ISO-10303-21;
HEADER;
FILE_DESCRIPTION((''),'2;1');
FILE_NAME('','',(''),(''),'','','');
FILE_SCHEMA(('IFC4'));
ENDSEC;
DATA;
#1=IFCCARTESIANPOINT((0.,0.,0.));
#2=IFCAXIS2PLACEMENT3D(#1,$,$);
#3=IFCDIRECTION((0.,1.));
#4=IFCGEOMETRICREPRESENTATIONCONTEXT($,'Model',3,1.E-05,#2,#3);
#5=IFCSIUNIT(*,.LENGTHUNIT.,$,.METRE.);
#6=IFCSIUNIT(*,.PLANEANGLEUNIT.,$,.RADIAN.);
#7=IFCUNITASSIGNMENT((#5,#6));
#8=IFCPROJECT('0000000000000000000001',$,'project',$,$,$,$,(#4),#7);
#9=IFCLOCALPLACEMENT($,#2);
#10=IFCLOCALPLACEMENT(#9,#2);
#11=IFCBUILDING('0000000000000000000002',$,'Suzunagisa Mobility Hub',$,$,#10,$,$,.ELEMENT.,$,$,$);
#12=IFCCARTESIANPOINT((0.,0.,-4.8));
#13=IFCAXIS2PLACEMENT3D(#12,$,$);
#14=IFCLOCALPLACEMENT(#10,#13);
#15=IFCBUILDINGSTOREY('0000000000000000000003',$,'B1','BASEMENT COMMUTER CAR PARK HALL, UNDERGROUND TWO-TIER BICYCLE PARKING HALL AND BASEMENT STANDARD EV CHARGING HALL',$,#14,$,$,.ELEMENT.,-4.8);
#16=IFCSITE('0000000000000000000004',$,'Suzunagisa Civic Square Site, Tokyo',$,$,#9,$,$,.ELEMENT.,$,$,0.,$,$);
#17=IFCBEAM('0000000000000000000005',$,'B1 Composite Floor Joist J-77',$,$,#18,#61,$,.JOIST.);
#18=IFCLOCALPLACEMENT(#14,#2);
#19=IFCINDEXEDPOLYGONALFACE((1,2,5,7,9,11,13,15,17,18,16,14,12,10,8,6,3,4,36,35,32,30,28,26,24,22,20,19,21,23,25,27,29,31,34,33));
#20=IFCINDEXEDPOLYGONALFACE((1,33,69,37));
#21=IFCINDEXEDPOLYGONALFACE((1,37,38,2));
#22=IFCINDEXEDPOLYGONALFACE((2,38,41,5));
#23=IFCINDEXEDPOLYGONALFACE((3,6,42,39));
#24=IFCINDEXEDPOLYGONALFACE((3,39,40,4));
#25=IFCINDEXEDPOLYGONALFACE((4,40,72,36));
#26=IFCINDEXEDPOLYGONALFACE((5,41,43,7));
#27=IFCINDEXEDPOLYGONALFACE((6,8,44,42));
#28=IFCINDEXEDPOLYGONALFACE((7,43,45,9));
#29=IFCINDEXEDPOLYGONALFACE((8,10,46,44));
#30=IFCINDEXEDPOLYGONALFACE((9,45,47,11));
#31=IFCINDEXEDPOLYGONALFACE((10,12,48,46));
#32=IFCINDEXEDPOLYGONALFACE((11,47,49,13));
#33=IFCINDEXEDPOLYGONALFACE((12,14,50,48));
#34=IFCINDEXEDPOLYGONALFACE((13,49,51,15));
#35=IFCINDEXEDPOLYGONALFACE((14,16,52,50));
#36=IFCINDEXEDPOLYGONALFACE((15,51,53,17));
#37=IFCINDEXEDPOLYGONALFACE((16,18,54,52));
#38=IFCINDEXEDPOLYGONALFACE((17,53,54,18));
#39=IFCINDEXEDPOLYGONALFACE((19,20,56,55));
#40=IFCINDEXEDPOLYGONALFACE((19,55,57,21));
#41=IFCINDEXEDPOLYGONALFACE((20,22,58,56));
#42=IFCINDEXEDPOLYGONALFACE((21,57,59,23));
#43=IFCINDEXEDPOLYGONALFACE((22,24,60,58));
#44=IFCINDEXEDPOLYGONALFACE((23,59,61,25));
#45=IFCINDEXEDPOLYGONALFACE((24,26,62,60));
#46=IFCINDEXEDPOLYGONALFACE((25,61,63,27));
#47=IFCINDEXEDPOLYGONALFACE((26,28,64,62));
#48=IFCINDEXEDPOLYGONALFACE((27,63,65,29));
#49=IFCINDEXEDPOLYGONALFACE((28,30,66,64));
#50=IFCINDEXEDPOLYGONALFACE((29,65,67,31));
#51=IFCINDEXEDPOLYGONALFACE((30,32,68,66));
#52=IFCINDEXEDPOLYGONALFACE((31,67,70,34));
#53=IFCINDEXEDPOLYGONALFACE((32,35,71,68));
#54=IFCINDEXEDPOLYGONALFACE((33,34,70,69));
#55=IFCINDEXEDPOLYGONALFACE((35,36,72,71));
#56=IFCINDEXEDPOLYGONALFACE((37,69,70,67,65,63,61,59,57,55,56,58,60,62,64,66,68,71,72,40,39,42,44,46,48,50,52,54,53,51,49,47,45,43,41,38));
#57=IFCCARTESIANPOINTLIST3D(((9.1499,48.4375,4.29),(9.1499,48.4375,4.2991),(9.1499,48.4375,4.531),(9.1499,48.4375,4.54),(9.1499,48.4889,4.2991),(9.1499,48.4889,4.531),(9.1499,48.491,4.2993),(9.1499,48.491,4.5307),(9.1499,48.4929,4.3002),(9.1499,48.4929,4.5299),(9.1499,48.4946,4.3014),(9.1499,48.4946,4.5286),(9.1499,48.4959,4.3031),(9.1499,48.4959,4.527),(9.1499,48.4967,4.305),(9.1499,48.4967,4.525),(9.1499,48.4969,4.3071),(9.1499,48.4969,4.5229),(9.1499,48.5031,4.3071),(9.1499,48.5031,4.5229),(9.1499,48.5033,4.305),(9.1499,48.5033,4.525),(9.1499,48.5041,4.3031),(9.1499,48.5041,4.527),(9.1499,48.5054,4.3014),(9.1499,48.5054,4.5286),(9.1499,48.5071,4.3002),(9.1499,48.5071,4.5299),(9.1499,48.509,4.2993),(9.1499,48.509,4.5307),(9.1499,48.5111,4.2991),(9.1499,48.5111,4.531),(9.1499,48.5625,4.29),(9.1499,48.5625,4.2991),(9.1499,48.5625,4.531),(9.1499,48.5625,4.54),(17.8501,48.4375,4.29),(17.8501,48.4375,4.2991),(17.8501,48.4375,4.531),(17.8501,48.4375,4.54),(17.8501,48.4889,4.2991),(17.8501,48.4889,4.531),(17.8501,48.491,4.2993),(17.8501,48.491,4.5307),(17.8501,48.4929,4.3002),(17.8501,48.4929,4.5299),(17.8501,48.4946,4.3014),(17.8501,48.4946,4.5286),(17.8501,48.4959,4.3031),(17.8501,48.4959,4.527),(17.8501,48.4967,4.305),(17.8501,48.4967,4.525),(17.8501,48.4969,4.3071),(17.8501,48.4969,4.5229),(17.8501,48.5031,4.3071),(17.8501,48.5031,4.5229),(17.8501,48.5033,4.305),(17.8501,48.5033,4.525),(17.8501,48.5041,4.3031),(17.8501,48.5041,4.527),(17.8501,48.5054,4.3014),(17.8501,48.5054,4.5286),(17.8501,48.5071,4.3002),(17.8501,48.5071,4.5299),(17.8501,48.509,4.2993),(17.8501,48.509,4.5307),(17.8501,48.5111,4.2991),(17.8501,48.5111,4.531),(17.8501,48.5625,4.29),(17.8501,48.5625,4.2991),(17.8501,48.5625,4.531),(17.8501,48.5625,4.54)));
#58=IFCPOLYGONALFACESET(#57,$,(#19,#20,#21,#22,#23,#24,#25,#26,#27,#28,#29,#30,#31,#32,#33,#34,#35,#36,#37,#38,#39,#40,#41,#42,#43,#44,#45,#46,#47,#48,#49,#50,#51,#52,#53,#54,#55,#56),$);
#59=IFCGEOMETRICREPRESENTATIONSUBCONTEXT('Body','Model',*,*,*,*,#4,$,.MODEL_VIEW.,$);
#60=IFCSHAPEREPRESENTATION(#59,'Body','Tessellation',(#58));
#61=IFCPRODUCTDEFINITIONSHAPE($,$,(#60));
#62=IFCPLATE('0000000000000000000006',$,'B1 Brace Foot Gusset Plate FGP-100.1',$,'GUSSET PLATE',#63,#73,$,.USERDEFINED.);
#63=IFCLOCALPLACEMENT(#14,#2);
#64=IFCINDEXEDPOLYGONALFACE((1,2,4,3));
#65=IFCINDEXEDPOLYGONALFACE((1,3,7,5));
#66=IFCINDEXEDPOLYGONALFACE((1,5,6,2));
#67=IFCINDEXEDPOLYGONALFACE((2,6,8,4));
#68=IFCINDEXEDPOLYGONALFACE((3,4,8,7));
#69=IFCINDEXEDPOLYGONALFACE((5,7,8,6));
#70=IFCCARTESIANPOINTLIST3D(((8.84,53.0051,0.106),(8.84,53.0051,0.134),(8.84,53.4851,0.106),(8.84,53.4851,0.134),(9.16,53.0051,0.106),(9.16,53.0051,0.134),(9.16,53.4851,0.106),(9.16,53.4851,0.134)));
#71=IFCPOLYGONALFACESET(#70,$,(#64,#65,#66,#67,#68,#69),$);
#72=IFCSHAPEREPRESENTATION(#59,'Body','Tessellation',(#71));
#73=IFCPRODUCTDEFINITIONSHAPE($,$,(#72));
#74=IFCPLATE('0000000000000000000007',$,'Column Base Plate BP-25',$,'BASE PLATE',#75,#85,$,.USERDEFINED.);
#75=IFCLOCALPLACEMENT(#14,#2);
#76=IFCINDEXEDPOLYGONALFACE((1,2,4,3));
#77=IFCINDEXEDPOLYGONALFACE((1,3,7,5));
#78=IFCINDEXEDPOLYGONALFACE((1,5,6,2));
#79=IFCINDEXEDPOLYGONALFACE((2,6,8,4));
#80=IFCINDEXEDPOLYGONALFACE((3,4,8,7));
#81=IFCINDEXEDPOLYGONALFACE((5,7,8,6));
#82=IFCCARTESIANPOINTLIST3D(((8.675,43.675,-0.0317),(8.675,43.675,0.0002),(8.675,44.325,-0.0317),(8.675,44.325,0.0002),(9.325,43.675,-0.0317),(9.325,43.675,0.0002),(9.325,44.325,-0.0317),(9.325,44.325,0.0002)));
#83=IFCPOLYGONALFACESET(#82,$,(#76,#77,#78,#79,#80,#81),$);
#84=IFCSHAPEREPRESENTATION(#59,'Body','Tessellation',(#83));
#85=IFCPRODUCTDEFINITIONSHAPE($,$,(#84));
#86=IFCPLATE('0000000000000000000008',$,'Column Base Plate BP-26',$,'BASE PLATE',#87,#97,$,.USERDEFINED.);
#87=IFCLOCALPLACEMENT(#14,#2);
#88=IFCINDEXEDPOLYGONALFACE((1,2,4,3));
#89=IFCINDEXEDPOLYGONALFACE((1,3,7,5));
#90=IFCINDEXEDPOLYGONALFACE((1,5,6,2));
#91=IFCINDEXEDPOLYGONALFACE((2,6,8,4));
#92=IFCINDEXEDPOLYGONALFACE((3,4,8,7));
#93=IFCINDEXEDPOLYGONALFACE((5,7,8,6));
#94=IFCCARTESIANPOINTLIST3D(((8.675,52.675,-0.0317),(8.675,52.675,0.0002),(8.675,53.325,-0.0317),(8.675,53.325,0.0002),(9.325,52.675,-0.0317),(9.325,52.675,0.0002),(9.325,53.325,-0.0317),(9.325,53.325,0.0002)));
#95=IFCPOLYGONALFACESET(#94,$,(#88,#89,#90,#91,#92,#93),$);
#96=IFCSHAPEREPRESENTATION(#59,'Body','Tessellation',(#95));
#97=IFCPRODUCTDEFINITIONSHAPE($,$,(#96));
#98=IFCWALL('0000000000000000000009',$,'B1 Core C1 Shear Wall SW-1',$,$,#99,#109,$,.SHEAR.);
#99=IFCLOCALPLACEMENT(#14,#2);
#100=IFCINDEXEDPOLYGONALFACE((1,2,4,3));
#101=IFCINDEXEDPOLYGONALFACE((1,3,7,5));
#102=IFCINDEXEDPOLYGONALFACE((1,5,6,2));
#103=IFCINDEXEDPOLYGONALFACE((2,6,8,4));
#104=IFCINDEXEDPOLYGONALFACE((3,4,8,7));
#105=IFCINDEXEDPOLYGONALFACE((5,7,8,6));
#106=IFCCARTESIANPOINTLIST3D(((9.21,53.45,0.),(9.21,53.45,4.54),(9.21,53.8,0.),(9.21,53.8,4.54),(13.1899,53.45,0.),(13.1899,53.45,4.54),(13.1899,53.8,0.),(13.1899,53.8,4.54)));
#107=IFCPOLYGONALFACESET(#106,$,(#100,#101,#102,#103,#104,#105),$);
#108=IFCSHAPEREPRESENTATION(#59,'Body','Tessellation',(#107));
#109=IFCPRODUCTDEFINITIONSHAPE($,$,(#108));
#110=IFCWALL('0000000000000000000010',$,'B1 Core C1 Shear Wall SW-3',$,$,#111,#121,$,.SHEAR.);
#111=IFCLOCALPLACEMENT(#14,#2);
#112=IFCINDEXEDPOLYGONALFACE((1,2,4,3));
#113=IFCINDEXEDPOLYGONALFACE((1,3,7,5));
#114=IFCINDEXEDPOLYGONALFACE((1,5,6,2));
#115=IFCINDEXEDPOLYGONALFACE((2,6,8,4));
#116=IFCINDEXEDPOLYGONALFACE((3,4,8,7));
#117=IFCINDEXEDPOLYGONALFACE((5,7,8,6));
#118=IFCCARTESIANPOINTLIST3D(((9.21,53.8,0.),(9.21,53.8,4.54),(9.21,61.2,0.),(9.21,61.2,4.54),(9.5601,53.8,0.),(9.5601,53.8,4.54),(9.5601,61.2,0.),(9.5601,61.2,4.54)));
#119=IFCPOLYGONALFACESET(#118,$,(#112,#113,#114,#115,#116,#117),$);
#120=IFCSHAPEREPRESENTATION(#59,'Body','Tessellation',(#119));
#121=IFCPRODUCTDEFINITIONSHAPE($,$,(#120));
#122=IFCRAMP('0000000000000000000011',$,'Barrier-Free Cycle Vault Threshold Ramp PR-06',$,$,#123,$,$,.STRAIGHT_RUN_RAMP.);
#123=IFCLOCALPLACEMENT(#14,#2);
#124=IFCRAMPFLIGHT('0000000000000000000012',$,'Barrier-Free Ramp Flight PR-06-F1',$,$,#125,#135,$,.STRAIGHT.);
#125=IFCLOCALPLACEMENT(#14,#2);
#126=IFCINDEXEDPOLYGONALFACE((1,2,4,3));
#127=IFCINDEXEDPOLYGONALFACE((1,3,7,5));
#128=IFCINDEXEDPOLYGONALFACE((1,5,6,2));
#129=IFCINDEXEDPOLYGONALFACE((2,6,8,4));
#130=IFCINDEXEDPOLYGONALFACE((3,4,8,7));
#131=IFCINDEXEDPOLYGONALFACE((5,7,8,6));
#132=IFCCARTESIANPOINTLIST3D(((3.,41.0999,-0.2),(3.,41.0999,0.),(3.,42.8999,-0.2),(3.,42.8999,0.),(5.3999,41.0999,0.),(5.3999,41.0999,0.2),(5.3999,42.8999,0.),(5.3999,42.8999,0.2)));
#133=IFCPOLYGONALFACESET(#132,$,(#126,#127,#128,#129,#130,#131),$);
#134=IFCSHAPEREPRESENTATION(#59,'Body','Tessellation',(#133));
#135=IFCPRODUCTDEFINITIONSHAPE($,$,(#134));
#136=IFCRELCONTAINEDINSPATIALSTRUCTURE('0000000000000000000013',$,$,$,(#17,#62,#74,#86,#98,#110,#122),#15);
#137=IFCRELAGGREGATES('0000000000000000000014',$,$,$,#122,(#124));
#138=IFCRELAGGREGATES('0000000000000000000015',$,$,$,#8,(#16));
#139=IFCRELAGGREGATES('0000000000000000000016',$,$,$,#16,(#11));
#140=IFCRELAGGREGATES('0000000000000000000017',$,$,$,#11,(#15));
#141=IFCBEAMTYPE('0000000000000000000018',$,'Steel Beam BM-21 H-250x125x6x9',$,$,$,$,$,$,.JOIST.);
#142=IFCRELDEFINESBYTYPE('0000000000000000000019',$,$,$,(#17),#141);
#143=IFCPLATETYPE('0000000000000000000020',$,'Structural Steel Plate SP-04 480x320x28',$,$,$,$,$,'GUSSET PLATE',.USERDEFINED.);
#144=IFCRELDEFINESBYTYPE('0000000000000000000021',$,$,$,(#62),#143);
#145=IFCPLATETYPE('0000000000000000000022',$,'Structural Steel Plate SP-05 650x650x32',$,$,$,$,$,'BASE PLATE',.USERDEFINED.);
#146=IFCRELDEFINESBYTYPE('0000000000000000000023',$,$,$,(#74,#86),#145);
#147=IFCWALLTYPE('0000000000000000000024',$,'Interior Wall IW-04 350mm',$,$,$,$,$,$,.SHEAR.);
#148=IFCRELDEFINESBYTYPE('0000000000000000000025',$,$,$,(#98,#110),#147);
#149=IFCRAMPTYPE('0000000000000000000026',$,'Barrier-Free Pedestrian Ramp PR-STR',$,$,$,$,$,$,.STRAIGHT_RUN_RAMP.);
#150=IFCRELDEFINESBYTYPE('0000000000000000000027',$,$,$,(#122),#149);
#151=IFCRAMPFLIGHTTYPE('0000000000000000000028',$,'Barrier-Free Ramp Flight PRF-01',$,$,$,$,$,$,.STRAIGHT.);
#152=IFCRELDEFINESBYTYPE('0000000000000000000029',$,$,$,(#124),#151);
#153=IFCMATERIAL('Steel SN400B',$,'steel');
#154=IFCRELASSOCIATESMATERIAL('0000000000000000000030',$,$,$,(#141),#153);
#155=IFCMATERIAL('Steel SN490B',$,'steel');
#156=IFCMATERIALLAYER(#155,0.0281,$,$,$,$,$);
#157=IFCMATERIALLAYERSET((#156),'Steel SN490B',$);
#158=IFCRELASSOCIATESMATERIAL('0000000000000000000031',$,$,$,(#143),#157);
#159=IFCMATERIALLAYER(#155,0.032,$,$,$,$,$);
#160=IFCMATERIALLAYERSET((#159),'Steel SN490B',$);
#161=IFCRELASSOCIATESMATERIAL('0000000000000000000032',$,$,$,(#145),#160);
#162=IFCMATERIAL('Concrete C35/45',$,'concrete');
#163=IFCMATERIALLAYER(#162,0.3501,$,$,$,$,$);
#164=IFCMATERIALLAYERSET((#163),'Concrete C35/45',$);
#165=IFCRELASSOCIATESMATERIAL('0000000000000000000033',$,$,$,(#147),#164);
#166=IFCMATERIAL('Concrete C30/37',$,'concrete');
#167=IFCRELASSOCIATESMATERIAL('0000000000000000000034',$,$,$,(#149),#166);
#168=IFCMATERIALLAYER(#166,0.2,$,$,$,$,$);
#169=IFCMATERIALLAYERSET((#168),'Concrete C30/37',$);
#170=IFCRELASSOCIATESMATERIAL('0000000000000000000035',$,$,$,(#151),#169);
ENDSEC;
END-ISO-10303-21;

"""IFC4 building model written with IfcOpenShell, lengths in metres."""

from ifc_helpers import new_model, si_unit, direction, frame, frame_2d, origin, origin_2d, place, context, subcontext, project, spatial, polyline, rectangle, i_section, outline, extrude, material, layer, layer_set, material_profile, profile_set, type_object, element, aggregate, save


model = new_model("IFC4")

# Units and contexts
model_context = context("Model", 3, precision=1e-05, world=origin(), true_north=direction((0.0, 1.0)))
body_context = subcontext(model_context, "Body", "Model", "MODEL_VIEW")
ifc_project = project(units=[si_unit("LENGTHUNIT", "METRE"), si_unit("PLANEANGLEUNIT", "RADIAN")], contexts=[model_context])

# Site, building, storey
site_placement = place(None, origin())
site = spatial("IfcSite", under=ifc_project, at=site_placement, Name="Suzunagisa Civic Square Site, Tokyo", CompositionType="ELEMENT", RefElevation=0.0)
building_placement = place(site_placement, origin())
building = spatial("IfcBuilding", under=site, at=building_placement, Name="Suzunagisa Mobility Hub", CompositionType="ELEMENT")
storey_placement = place(building_placement, frame((0.0, 0.0, -4.8)))
storey = spatial("IfcBuildingStorey", under=building, at=storey_placement, Name="B1", Description="BASEMENT COMMUTER CAR PARK HALL, UNDERGROUND TWO-TIER BICYCLE PARKING HALL AND BASEMENT STANDARD EV CHARGING HALL", CompositionType="ELEMENT", Elevation=-4.8)

# Shared definitions
ifc_material_1 = material(Name="Concrete C30/37", Category="concrete")

# Shared definitions
ifc_material_2 = material(Name="Concrete C35/45", Category="concrete")

# Shared definitions
ifc_material_3 = material(Name="Steel SN490B", Category="steel")

# Beam
ifc_material_4 = material(Name="Steel SN400B", Category="steel")
ifc_material_profile_1 = material_profile(ifc_material_4, i_section(OverallWidth=0.125, OverallDepth=0.25, WebThickness=0.0061, FlangeThickness=0.009, FilletRadius=0.0081, at=origin_2d()), Name="H-250x125x6x9")
ifc_profile_set_1 = profile_set([ifc_material_profile_1], Name="Steel SN400B")
beam_type_1 = type_object("IfcBeamType", Name="Steel Beam BM-21 H-250x125x6x9", PredefinedType="JOIST", material=ifc_profile_set_1)
beam_placement = place(storey_placement, frame((9.1499, 48.5, 4.415), z_axis=(1.0, 0.0, 0.0), x_axis=(0.0, 1.0, 0.0)))
element("IfcBeam", 1, at=beam_placement, inside=storey, type_object=beam_type_1, Name="B1 Composite Floor Joist J-77", PredefinedType="JOIST", context=body_context, shape_type="SweptSolid", body=[
    extrude(i_section(OverallWidth=0.125, OverallDepth=0.25, WebThickness=0.0061, FlangeThickness=0.009, FilletRadius=0.0081, at=origin_2d()), origin(), (0.0, 0.0, 1.0), 8.7002),
])

# Plates
ifc_layer_1 = layer(ifc_material_3, 0.0281)
ifc_layer_set_1 = layer_set([ifc_layer_1], Name="Steel SN490B")
plate_type_1 = type_object("IfcPlateType", Name="Structural Steel Plate SP-04 480x320x28", ElementType="GUSSET PLATE", PredefinedType="USERDEFINED", material=ifc_layer_set_1)
plate_placement = place(storey_placement, frame((9.0, 53.2451, 0.106), z_axis=(0.0, 0.0, 1.0), x_axis=(1.0, 0.0, 0.0)))
element("IfcPlate", 2, at=plate_placement, inside=storey, type_object=plate_type_1, Name="B1 Brace Foot Gusset Plate FGP-100.1", ObjectType="GUSSET PLATE", PredefinedType="USERDEFINED", context=body_context, shape_type="SweptSolid", body=[
    extrude(rectangle(XDim=0.3201, YDim=0.48, at=origin_2d()), origin(), (0.0, 0.0, 1.0), 0.0281),
])
ifc_layer_2 = layer(ifc_material_3, 0.032)
ifc_layer_set_2 = layer_set([ifc_layer_2], Name="Steel SN490B")
plate_type_2 = type_object("IfcPlateType", Name="Structural Steel Plate SP-05 650x650x32", ElementType="BASE PLATE", PredefinedType="USERDEFINED", material=ifc_layer_set_2)
for number, where, z_axis, x_axis, name in (
    (3, (9.0, 44.0, -0.0317), (0.0, 0.0, 1.0), (1.0, 0.0, 0.0), "Column Base Plate BP-25"),
    (4, (9.0, 53.0, -0.0317), (0.0, 0.0, 1.0), (1.0, 0.0, 0.0), "Column Base Plate BP-26"),
):
    element("IfcPlate", number, at=place(storey_placement, frame(where, z_axis=z_axis, x_axis=x_axis)), inside=storey, type_object=plate_type_2, Name=name, ObjectType="BASE PLATE", PredefinedType="USERDEFINED", context=body_context, shape_type="SweptSolid", body=[
        extrude(rectangle(XDim=0.6499, YDim=0.6499, at=origin_2d()), origin(), (0.0, 0.0, 1.0), 0.032),
    ])

# Walls
ifc_layer_3 = layer(ifc_material_2, 0.3501)
ifc_layer_set_3 = layer_set([ifc_layer_3], Name="Concrete C35/45")
wall_type = type_object("IfcWallType", Name="Interior Wall IW-04 350mm", PredefinedType="SHEAR", material=ifc_layer_set_3)
wall_1_placement = place(storey_placement, frame((9.21, 53.625, 0.0), z_axis=(0.0, 0.0, 1.0), x_axis=(1.0, 0.0, 0.0)))
element("IfcWall", 5, at=wall_1_placement, inside=storey, type_object=wall_type, Name="B1 Core C1 Shear Wall SW-1", PredefinedType="SHEAR", context=body_context, shape_type="SweptSolid", body=[
    extrude(rectangle(XDim=3.98, YDim=0.3501, at=frame_2d((1.99, 0.0))), origin(), (0.0, 0.0, 1.0), 4.54),
])
wall_2_placement = place(storey_placement, frame((9.385, 53.8, 0.0), z_axis=(0.0, 0.0, 1.0), x_axis=(0.0, 1.0, 0.0)))
element("IfcWall", 6, at=wall_2_placement, inside=storey, type_object=wall_type, Name="B1 Core C1 Shear Wall SW-3", PredefinedType="SHEAR", context=body_context, shape_type="SweptSolid", body=[
    extrude(rectangle(XDim=7.3999, YDim=0.3501, at=frame_2d((3.7, 0.0))), origin(), (0.0, 0.0, 1.0), 4.54),
])

# Ramp, ramp flight
ramp_type = type_object("IfcRampType", Name="Barrier-Free Pedestrian Ramp PR-STR", PredefinedType="STRAIGHT_RUN_RAMP", material=ifc_material_1)
ramp_placement = place(storey_placement, origin())
ramp = element("IfcRamp", 7, at=ramp_placement, inside=storey, type_object=ramp_type, Name="Barrier-Free Cycle Vault Threshold Ramp PR-06", PredefinedType="STRAIGHT_RUN_RAMP")
ifc_layer_4 = layer(ifc_material_1, 0.2)
ifc_layer_set_4 = layer_set([ifc_layer_4], Name="Concrete C30/37")
ramp_flight_type = type_object("IfcRampFlightType", Name="Barrier-Free Ramp Flight PRF-01", PredefinedType="STRAIGHT", material=ifc_layer_set_4)
ramp_flight_placement = place(storey_placement, frame((3.0, 42.0, 0.0), z_axis=(0.0, 0.0, 1.0), x_axis=(1.0, 0.0, 0.0)))
ramp_flight = element("IfcRampFlight", 8, at=ramp_flight_placement, type_object=ramp_flight_type, Name="Barrier-Free Ramp Flight PR-06-F1", PredefinedType="STRAIGHT", context=body_context, shape_type="SweptSolid", body=[
    extrude(outline(polyline([(0.0, 0.0), (2.3999, 0.2), (2.3999, 0.0), (0.0, -0.2), (0.0, 0.0)])), frame((0.0, 0.8999, 0.0), z_axis=(0.0, -1.0, 0.0), x_axis=(1.0, 0.0, 0.0)), (0.0, 0.0, 1.0), 1.8),
])
aggregate(ramp, [ramp_flight])

save(model, "model.ifc")
